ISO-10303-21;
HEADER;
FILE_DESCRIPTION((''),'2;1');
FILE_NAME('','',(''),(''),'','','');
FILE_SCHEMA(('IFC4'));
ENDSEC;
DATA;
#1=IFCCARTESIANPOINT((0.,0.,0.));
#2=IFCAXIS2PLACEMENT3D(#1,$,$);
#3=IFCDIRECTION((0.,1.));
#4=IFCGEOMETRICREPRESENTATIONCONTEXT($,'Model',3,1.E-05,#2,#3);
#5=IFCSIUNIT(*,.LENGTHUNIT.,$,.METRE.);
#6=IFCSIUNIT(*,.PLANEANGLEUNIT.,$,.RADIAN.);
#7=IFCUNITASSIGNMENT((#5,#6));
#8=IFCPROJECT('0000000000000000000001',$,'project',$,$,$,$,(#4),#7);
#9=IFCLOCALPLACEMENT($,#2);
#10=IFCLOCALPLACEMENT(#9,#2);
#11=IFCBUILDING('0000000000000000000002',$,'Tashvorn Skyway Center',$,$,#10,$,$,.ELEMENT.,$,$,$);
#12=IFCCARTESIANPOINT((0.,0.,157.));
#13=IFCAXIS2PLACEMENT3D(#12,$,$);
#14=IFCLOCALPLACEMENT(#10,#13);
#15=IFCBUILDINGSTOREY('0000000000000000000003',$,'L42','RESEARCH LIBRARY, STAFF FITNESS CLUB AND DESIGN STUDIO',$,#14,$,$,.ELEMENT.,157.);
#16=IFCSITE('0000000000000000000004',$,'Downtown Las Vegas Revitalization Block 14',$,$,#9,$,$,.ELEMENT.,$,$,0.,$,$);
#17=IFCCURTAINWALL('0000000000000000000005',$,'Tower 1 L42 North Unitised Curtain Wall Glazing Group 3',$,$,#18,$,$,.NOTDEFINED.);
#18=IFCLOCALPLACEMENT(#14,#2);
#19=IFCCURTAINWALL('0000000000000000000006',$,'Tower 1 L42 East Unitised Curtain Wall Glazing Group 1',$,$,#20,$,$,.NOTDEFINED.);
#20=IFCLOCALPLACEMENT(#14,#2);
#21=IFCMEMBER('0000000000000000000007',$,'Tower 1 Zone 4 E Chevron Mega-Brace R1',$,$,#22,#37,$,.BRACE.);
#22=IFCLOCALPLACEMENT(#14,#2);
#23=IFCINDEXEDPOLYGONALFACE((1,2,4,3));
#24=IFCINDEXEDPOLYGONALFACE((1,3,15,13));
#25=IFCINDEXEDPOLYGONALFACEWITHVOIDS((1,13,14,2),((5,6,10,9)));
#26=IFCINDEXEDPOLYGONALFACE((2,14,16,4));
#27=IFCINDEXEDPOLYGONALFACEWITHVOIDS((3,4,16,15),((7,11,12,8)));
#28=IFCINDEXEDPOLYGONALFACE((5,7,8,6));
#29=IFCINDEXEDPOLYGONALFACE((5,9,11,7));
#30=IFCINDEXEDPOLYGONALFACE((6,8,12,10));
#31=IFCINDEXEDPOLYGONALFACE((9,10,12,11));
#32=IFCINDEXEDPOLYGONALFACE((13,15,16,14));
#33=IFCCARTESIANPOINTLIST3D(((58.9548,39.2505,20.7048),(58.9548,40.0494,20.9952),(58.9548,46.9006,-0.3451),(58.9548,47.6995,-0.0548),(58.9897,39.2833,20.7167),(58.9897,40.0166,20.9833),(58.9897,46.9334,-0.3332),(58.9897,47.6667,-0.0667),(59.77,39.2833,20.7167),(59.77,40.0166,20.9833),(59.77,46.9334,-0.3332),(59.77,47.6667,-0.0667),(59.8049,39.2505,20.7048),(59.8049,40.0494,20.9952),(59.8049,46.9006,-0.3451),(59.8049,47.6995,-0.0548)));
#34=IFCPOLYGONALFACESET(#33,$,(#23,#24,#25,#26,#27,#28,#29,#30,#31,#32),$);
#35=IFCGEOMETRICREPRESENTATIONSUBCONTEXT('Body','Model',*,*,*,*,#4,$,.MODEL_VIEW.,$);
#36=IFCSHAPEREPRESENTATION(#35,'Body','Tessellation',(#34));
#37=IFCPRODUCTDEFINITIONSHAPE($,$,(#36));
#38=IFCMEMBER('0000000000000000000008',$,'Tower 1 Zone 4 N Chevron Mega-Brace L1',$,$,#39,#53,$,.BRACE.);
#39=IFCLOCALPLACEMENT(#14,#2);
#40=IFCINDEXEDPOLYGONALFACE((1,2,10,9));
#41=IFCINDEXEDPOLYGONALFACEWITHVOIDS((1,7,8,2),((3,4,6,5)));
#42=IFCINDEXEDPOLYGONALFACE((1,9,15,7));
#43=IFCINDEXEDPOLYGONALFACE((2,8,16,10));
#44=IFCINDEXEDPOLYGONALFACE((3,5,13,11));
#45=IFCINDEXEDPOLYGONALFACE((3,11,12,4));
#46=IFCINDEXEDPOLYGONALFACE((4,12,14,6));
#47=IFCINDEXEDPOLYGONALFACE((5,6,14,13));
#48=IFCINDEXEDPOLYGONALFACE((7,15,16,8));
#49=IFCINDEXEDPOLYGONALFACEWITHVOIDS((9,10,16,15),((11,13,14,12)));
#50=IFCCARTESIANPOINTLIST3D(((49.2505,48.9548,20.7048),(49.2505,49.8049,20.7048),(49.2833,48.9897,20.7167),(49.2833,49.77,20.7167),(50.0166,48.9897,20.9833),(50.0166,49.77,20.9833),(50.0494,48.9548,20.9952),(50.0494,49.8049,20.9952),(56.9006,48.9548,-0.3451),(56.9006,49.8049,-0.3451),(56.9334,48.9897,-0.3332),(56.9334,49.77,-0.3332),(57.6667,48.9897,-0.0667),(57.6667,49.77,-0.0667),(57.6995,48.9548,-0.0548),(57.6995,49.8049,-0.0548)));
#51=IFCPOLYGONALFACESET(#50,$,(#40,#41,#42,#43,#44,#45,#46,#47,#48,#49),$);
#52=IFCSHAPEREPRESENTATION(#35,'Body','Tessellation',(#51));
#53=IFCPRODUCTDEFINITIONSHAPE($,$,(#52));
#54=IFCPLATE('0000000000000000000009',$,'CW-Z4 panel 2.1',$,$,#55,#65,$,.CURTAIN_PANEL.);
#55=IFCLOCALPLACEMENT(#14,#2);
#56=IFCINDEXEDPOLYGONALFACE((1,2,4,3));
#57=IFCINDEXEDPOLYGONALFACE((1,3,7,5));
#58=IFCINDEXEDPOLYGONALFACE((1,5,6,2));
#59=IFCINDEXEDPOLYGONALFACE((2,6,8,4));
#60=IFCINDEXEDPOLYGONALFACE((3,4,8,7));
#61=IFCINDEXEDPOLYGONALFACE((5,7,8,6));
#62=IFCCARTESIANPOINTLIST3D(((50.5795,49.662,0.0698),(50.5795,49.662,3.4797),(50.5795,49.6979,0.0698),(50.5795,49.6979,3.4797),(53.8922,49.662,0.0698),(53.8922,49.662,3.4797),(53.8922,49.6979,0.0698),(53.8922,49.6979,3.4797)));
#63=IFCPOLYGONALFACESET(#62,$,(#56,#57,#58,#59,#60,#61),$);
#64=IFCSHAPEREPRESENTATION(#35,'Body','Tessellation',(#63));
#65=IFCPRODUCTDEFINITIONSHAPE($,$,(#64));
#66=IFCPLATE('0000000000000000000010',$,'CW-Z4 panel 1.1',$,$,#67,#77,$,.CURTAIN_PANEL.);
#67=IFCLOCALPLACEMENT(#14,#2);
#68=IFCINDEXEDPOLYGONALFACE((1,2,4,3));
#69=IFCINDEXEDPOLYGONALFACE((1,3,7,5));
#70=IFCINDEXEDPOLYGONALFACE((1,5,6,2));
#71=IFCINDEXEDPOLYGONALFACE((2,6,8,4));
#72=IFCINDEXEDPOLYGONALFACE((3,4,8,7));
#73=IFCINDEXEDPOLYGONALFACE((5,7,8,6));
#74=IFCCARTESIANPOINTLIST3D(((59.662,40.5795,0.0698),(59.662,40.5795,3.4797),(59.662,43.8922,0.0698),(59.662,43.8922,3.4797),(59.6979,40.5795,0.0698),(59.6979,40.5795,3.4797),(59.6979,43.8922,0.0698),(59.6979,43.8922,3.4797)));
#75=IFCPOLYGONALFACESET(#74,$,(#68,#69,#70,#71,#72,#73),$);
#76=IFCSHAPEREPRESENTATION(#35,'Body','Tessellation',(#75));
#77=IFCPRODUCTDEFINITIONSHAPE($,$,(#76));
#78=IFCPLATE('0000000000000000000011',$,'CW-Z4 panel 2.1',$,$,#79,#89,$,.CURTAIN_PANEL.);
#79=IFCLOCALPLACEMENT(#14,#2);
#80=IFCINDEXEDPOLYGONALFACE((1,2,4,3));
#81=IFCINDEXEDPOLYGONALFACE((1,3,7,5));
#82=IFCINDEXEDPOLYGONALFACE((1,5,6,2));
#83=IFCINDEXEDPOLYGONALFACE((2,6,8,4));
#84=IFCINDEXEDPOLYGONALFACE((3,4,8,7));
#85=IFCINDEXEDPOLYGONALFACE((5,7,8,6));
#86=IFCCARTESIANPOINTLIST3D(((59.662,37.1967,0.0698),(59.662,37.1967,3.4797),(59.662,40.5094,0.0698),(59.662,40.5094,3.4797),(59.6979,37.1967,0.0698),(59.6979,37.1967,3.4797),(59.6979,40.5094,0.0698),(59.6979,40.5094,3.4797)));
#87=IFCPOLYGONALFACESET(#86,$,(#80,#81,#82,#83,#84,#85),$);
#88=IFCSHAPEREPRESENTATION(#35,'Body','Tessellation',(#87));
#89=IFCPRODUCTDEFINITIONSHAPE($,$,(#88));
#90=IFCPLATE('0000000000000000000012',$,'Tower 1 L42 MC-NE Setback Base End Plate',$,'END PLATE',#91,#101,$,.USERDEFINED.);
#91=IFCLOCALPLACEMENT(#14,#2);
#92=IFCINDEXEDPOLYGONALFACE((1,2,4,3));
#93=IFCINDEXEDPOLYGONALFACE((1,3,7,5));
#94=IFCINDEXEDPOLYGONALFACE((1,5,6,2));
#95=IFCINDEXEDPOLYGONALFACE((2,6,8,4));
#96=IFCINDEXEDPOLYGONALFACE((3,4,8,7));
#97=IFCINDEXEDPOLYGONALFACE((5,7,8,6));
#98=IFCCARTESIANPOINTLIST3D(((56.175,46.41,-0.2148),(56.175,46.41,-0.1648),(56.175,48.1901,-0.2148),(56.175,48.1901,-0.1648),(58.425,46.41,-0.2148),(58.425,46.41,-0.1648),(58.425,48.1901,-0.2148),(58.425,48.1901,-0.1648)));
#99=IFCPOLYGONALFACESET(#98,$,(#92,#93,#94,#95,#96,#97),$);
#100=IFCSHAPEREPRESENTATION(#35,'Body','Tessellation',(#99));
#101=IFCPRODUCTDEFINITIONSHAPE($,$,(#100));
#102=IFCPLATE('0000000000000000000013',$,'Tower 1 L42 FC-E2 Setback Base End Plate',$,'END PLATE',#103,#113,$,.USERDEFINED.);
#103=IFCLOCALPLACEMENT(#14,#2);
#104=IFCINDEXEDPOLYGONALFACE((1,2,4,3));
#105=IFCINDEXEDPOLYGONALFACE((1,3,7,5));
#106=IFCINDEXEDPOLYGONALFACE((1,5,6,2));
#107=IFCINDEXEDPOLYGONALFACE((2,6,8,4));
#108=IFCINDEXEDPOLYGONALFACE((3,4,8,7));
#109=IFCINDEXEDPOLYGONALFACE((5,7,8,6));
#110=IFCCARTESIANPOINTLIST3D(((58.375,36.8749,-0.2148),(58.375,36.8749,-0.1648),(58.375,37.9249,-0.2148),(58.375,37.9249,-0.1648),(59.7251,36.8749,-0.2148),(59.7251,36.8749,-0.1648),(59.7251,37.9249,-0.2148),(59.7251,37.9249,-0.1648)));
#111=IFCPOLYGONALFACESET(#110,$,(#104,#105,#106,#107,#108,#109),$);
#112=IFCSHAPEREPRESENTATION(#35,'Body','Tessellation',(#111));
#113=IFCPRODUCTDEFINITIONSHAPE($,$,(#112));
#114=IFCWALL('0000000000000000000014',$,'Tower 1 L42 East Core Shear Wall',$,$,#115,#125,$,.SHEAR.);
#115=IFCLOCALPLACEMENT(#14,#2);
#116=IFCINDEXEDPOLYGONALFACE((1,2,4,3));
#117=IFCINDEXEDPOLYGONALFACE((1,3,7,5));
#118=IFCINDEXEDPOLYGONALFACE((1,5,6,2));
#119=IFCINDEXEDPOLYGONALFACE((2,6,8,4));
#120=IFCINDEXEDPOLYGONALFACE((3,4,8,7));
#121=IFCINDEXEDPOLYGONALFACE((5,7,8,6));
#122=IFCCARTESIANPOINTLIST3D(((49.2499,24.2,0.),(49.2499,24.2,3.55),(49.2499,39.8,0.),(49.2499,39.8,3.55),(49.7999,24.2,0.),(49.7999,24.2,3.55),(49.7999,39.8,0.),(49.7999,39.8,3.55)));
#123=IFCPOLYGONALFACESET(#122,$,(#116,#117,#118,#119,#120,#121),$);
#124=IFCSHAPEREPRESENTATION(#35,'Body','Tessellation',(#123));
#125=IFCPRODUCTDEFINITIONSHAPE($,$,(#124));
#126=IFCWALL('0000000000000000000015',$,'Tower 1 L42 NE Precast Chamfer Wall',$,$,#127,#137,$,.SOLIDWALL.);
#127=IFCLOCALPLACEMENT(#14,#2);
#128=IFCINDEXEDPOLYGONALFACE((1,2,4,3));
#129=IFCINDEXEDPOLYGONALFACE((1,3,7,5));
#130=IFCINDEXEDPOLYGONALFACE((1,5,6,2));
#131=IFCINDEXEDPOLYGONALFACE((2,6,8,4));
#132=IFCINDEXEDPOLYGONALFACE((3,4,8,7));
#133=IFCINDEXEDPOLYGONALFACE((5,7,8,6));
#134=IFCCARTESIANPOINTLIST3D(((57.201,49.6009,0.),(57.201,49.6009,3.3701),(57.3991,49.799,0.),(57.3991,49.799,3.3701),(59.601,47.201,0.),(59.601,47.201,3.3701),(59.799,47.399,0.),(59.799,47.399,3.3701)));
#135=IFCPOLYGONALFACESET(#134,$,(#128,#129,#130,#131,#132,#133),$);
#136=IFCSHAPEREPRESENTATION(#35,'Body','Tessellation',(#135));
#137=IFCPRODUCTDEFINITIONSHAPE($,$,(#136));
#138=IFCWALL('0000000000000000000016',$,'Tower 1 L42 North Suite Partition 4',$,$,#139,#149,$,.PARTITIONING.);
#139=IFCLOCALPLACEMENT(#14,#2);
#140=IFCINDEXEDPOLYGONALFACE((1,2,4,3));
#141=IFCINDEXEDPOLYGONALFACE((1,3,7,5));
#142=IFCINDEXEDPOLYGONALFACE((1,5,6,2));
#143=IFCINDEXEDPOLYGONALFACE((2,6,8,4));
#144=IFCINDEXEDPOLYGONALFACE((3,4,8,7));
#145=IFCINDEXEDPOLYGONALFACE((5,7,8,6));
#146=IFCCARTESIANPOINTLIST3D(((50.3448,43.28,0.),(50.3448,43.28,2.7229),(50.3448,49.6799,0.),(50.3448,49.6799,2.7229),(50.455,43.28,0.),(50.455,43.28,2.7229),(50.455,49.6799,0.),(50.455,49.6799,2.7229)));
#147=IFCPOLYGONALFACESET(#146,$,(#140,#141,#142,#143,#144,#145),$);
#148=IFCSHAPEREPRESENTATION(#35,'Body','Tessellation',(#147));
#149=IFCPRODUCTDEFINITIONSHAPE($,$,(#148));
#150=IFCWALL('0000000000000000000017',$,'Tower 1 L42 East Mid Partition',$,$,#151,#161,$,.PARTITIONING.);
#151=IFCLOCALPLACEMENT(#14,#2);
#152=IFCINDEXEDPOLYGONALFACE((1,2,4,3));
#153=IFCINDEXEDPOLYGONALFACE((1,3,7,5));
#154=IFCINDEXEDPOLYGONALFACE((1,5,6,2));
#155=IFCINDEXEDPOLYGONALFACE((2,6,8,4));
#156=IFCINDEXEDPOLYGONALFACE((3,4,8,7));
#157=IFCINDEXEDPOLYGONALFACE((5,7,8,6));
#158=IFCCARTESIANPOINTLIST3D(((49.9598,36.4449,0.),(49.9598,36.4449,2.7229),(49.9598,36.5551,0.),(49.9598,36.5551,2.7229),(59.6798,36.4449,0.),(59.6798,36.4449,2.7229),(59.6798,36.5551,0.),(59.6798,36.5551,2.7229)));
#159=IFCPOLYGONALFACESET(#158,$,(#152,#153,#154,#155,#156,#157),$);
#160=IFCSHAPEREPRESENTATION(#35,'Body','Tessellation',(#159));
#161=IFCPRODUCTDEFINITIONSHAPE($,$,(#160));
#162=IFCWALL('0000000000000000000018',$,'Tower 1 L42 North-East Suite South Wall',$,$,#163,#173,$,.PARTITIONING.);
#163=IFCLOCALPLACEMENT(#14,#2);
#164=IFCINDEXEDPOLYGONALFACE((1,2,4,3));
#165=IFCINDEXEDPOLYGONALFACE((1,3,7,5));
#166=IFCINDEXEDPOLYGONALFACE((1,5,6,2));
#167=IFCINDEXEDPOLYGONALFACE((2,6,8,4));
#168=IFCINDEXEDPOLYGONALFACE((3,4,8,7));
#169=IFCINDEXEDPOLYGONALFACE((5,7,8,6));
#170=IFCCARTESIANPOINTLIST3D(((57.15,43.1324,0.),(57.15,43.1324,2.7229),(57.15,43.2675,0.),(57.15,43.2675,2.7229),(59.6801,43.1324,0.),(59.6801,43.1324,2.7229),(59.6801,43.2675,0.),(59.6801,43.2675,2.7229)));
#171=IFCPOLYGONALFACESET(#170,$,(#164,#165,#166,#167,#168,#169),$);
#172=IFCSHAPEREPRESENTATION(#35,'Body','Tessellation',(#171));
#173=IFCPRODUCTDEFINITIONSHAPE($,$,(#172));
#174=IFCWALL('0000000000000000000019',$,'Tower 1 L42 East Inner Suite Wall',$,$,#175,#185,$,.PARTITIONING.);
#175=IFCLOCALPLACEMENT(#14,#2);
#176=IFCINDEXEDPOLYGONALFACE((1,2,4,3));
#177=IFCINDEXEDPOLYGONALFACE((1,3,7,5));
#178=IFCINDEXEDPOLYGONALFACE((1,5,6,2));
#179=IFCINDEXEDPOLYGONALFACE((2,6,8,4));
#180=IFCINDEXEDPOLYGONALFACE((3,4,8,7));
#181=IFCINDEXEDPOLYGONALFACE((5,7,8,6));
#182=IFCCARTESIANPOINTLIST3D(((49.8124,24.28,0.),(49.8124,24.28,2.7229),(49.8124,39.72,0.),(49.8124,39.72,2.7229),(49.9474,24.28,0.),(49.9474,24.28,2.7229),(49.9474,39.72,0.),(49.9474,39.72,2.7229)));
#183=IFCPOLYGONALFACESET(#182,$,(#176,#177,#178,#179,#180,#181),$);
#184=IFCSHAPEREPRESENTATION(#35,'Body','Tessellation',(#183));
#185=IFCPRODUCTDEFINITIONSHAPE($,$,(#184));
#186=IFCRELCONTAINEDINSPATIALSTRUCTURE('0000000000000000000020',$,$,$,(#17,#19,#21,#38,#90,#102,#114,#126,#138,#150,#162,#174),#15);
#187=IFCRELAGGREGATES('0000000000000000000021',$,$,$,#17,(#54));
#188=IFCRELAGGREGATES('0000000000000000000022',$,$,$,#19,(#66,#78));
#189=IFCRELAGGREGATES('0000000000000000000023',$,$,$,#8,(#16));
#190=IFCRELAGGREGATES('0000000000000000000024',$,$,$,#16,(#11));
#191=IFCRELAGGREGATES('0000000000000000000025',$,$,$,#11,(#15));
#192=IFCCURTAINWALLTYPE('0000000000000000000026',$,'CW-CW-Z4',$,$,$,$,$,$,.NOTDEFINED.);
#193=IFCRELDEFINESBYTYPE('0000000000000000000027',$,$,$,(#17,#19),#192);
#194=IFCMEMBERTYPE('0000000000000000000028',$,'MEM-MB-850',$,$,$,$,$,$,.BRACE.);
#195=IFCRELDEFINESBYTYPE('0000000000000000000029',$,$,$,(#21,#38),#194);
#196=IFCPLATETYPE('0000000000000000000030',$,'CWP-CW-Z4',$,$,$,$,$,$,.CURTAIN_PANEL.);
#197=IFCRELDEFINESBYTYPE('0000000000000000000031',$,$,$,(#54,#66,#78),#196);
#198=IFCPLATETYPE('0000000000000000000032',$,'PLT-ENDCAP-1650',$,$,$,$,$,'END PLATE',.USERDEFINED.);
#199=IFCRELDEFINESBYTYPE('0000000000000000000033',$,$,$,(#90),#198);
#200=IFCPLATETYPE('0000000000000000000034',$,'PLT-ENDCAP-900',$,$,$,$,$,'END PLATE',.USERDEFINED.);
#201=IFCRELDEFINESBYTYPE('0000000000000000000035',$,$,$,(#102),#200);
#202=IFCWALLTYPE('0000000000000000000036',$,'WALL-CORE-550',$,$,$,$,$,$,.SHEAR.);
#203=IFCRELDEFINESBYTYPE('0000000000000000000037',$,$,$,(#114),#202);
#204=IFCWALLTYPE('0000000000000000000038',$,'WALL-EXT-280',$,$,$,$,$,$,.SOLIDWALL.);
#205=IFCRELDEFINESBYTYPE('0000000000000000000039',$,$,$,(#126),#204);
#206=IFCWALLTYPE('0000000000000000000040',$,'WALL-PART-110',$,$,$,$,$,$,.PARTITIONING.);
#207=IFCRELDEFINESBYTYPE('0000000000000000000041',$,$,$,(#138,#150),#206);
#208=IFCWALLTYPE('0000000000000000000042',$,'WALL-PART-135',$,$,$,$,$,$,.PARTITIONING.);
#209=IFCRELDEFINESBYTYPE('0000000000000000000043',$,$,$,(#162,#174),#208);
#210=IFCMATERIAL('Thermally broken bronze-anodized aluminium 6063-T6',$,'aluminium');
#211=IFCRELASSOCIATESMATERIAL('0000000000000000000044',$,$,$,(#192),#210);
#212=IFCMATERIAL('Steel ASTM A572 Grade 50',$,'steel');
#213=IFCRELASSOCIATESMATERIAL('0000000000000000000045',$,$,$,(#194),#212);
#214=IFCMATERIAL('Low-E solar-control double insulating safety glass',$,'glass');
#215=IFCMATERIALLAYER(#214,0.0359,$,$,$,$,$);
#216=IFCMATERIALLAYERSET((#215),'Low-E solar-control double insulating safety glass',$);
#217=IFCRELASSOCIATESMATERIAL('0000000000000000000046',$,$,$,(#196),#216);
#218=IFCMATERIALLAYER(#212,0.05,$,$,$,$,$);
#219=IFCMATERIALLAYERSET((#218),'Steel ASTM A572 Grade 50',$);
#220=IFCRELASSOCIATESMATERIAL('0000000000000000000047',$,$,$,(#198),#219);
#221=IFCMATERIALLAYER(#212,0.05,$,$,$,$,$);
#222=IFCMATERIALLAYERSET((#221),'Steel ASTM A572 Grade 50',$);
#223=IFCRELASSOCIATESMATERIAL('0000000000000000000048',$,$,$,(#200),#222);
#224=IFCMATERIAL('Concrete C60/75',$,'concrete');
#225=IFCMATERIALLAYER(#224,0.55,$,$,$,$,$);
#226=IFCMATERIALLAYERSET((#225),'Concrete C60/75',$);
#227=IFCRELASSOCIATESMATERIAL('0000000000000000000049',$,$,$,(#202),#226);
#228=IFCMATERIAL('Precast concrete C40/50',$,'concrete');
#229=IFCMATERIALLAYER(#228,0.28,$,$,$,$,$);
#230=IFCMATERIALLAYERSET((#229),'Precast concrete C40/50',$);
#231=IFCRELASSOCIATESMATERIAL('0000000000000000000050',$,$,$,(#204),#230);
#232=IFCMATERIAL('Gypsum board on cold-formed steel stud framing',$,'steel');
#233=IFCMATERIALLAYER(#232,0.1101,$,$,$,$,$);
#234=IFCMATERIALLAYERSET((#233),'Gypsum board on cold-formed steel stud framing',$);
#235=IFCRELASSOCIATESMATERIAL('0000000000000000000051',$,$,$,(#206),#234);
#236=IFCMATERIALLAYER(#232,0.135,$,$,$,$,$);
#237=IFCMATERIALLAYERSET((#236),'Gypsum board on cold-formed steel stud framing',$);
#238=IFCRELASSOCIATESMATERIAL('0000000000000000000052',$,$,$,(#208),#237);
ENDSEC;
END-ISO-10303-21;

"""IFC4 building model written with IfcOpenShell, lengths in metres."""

from ifc_helpers import new_model, si_unit, direction, frame, frame_2d, origin, origin_2d, place, context, subcontext, project, spatial, rectangle, hollow_rectangle, extrude, material, layer, layer_set, material_profile, profile_set, type_object, element, aggregate, save


model = new_model("IFC4")

# Units and contexts
model_context = context("Model", 3, precision=1e-05, world=origin(), true_north=direction((0.0, 1.0)))
body_context = subcontext(model_context, "Body", "Model", "MODEL_VIEW")
ifc_project = project(units=[si_unit("LENGTHUNIT", "METRE"), si_unit("PLANEANGLEUNIT", "RADIAN")], contexts=[model_context])

# Site, building, storey
site_placement = place(None, origin())
site = spatial("IfcSite", under=ifc_project, at=site_placement, Name="Downtown Las Vegas Revitalization Block 14", CompositionType="ELEMENT", RefElevation=0.0)
building_placement = place(site_placement, origin())
building = spatial("IfcBuilding", under=site, at=building_placement, Name="Tashvorn Skyway Center", CompositionType="ELEMENT")
storey_placement = place(building_placement, frame((0.0, 0.0, 157.0)))
storey = spatial("IfcBuildingStorey", under=building, at=storey_placement, Name="L42", Description="RESEARCH LIBRARY, STAFF FITNESS CLUB AND DESIGN STUDIO", CompositionType="ELEMENT", Elevation=157.0)

# Shared definitions
ifc_material_1 = material(Name="Steel ASTM A572 Grade 50", Category="steel")

# Curtain walls
ifc_material_2 = material(Name="Thermally broken bronze-anodized aluminium 6063-T6", Category="aluminium")
curtain_wall_type = type_object("IfcCurtainWallType", Name="CW-CW-Z4", PredefinedType="NOTDEFINED", material=ifc_material_2)
curtain_wall_1_placement = place(storey_placement, origin())
curtain_wall_1 = element("IfcCurtainWall", 1, at=curtain_wall_1_placement, inside=storey, type_object=curtain_wall_type, Name="Tower 1 L42 North Unitised Curtain Wall Glazing Group 3", PredefinedType="NOTDEFINED")
curtain_wall_2_placement = place(storey_placement, origin())
curtain_wall_2 = element("IfcCurtainWall", 2, at=curtain_wall_2_placement, inside=storey, type_object=curtain_wall_type, Name="Tower 1 L42 East Unitised Curtain Wall Glazing Group 1", PredefinedType="NOTDEFINED")

# Members
ifc_material_profile_1 = material_profile(ifc_material_1, hollow_rectangle(XDim=0.8501, YDim=0.8501, WallThickness=0.0349, at=origin_2d()), Name="BOX850x850x35")
ifc_profile_set_1 = profile_set([ifc_material_profile_1], Name="Steel ASTM A572 Grade 50")
member_type_1 = type_object("IfcMemberType", Name="MEM-MB-850", PredefinedType="BRACE", material=ifc_profile_set_1)
for number, where, z_axis, x_axis, name in (
    (3, (59.3799, 47.3, -0.2), (0.0, -0.341569, 0.939857), (1.0, 0.0, 0.0), "Tower 1 Zone 4 E Chevron Mega-Brace R1"),
    (4, (57.3, 49.3799, -0.2), (-0.341569, 0.0, 0.939857), (0.0, -1.0, 0.0), "Tower 1 Zone 4 N Chevron Mega-Brace L1"),
):
    element("IfcMember", number, at=place(storey_placement, frame(where, z_axis=z_axis, x_axis=x_axis)), inside=storey, type_object=member_type_1, Name=name, PredefinedType="BRACE", context=body_context, shape_type="SweptSolid", body=[
        extrude(hollow_rectangle(XDim=0.8501, YDim=0.8501, WallThickness=0.0349, at=origin_2d()), origin(), (0.0, 0.0, 1.0), 22.397),
    ])

# Plates
ifc_material_3 = material(Name="Low-E solar-control double insulating safety glass", Category="glass")
ifc_layer_1 = layer(ifc_material_3, 0.0359)
ifc_layer_set_1 = layer_set([ifc_layer_1], Name="Low-E solar-control double insulating safety glass")
plate_type_1 = type_object("IfcPlateType", Name="CWP-CW-Z4", PredefinedType="CURTAIN_PANEL", material=ifc_layer_set_1)
plate_1_placement = place(storey_placement, frame((52.2358, 49.6799, 0.0698), z_axis=(0.0, 0.0, 1.0), x_axis=(1.0, 0.0, 0.0)))
plate_1 = element("IfcPlate", 5, at=plate_1_placement, type_object=plate_type_1, Name="CW-Z4 panel 2.1", PredefinedType="CURTAIN_PANEL", context=body_context, shape_type="SweptSolid", body=[
    extrude(rectangle(XDim=3.3127, YDim=0.0359, at=origin_2d()), origin(), (0.0, 0.0, 1.0), 3.4099),
])
aggregate(curtain_wall_1, [plate_1])
plate_2_placement = place(storey_placement, frame((59.6799, 42.2358, 0.0698), z_axis=(0.0, 0.0, 1.0), x_axis=(0.0, -1.0, 0.0)))
plate_2 = element("IfcPlate", 6, at=plate_2_placement, type_object=plate_type_1, Name="CW-Z4 panel 1.1", PredefinedType="CURTAIN_PANEL", context=body_context, shape_type="SweptSolid", body=[
    extrude(rectangle(XDim=3.3127, YDim=0.0359, at=origin_2d()), origin(), (0.0, 0.0, 1.0), 3.4099),
])
plate_3_placement = place(storey_placement, frame((59.6799, 38.853, 0.0698), z_axis=(0.0, 0.0, 1.0), x_axis=(0.0, -1.0, 0.0)))
plate_3 = element("IfcPlate", 7, at=plate_3_placement, type_object=plate_type_1, Name="CW-Z4 panel 2.1", PredefinedType="CURTAIN_PANEL", context=body_context, shape_type="SweptSolid", body=[
    extrude(rectangle(XDim=3.3127, YDim=0.0359, at=origin_2d()), origin(), (0.0, 0.0, 1.0), 3.4099),
])
aggregate(curtain_wall_2, [plate_2, plate_3])

# Plates
ifc_layer_2 = layer(ifc_material_1, 0.05)
ifc_layer_set_2 = layer_set([ifc_layer_2], Name="Steel ASTM A572 Grade 50")
plate_type_2 = type_object("IfcPlateType", Name="PLT-ENDCAP-1650", ElementType="END PLATE", PredefinedType="USERDEFINED", material=ifc_layer_set_2)
plate_4_placement = place(storey_placement, frame((57.3, 47.3, -0.2148), z_axis=(0.0, 0.0, 1.0), x_axis=(1.0, 0.0, 0.0)))
element("IfcPlate", 8, at=plate_4_placement, inside=storey, type_object=plate_type_2, Name="Tower 1 L42 MC-NE Setback Base End Plate", ObjectType="END PLATE", PredefinedType="USERDEFINED", context=body_context, shape_type="SweptSolid", body=[
    extrude(rectangle(XDim=2.25, YDim=1.78, at=origin_2d()), origin(), (0.0, 0.0, 1.0), 0.05),
])
ifc_layer_3 = layer(ifc_material_1, 0.05)
ifc_layer_set_3 = layer_set([ifc_layer_3], Name="Steel ASTM A572 Grade 50")
plate_type_3 = type_object("IfcPlateType", Name="PLT-ENDCAP-900", ElementType="END PLATE", PredefinedType="USERDEFINED", material=ifc_layer_set_3)
plate_5_placement = place(storey_placement, frame((59.05, 37.3999, -0.2148), z_axis=(0.0, 0.0, 1.0), x_axis=(1.0, 0.0, 0.0)))
element("IfcPlate", 9, at=plate_5_placement, inside=storey, type_object=plate_type_3, Name="Tower 1 L42 FC-E2 Setback Base End Plate", ObjectType="END PLATE", PredefinedType="USERDEFINED", context=body_context, shape_type="SweptSolid", body=[
    extrude(rectangle(XDim=1.3501, YDim=1.05, at=origin_2d()), origin(), (0.0, 0.0, 1.0), 0.05),
])

# Walls
ifc_material_4 = material(Name="Concrete C60/75", Category="concrete")
ifc_layer_4 = layer(ifc_material_4, 0.55)
ifc_layer_set_4 = layer_set([ifc_layer_4], Name="Concrete C60/75")
wall_type_1 = type_object("IfcWallType", Name="WALL-CORE-550", PredefinedType="SHEAR", material=ifc_layer_set_4)
wall_1_placement = place(storey_placement, frame((49.5249, 39.8, 0.0), z_axis=(0.0, 0.0, 1.0), x_axis=(0.0, -1.0, 0.0)))
element("IfcWall", 10, at=wall_1_placement, inside=storey, type_object=wall_type_1, Name="Tower 1 L42 East Core Shear Wall", PredefinedType="SHEAR", context=body_context, shape_type="SweptSolid", body=[
    extrude(rectangle(XDim=15.6001, YDim=0.55, at=frame_2d((7.8, 0.0))), origin(), (0.0, 0.0, 1.0), 3.55),
])
ifc_material_5 = material(Name="Precast concrete C40/50", Category="concrete")
ifc_layer_5 = layer(ifc_material_5, 0.28)
ifc_layer_set_5 = layer_set([ifc_layer_5], Name="Precast concrete C40/50")
wall_type_2 = type_object("IfcWallType", Name="WALL-EXT-280", PredefinedType="SOLIDWALL", material=ifc_layer_set_5)
wall_2_placement = place(storey_placement, frame((57.3, 49.7, 0.0), z_axis=(0.0, 0.0, 1.0), x_axis=(0.707107, -0.707107, 0.0)))
element("IfcWall", 11, at=wall_2_placement, inside=storey, type_object=wall_type_2, Name="Tower 1 L42 NE Precast Chamfer Wall", PredefinedType="SOLIDWALL", context=body_context, shape_type="SweptSolid", body=[
    extrude(rectangle(XDim=3.394, YDim=0.28, at=frame_2d((1.697, 0.0))), origin(), (0.0, 0.0, 1.0), 3.3701),
])
ifc_material_6 = material(Name="Gypsum board on cold-formed steel stud framing", Category="steel")
ifc_layer_6 = layer(ifc_material_6, 0.1101)
ifc_layer_set_6 = layer_set([ifc_layer_6], Name="Gypsum board on cold-formed steel stud framing")
wall_type_3 = type_object("IfcWallType", Name="WALL-PART-110", PredefinedType="PARTITIONING", material=ifc_layer_set_6)
wall_3_placement = place(storey_placement, frame((50.3999, 43.28, 0.0), z_axis=(0.0, 0.0, 1.0), x_axis=(0.0, 1.0, 0.0)))
element("IfcWall", 12, at=wall_3_placement, inside=storey, type_object=wall_type_3, Name="Tower 1 L42 North Suite Partition 4", PredefinedType="PARTITIONING", context=body_context, shape_type="SweptSolid", body=[
    extrude(rectangle(XDim=6.3999, YDim=0.1101, at=frame_2d((3.2, 0.0))), origin(), (0.0, 0.0, 1.0), 2.7229),
])
wall_4_placement = place(storey_placement, frame((49.96, 36.5, 0.0), z_axis=(0.0, 0.0, 1.0), x_axis=(1.0, 0.0, 0.0)))
element("IfcWall", 13, at=wall_4_placement, inside=storey, type_object=wall_type_3, Name="Tower 1 L42 East Mid Partition", PredefinedType="PARTITIONING", context=body_context, shape_type="SweptSolid", body=[
    extrude(rectangle(XDim=9.72, YDim=0.1101, at=frame_2d((4.8599, 0.0))), origin(), (0.0, 0.0, 1.0), 2.7229),
])
ifc_layer_7 = layer(ifc_material_6, 0.135)
ifc_layer_set_7 = layer_set([ifc_layer_7], Name="Gypsum board on cold-formed steel stud framing")
wall_type_4 = type_object("IfcWallType", Name="WALL-PART-135", PredefinedType="PARTITIONING", material=ifc_layer_set_7)
wall_5_placement = place(storey_placement, frame((57.1499, 43.2, 0.0), z_axis=(0.0, 0.0, 1.0), x_axis=(1.0, 0.0, 0.0)))
element("IfcWall", 14, at=wall_5_placement, inside=storey, type_object=wall_type_4, Name="Tower 1 L42 North-East Suite South Wall", PredefinedType="PARTITIONING", context=body_context, shape_type="SweptSolid", body=[
    extrude(rectangle(XDim=2.53, YDim=0.135, at=frame_2d((1.2651, 0.0))), origin(), (0.0, 0.0, 1.0), 2.7229),
])
wall_6_placement = place(storey_placement, frame((49.8799, 39.72, 0.0), z_axis=(0.0, 0.0, 1.0), x_axis=(0.0, -1.0, 0.0)))
element("IfcWall", 15, at=wall_6_placement, inside=storey, type_object=wall_type_4, Name="Tower 1 L42 East Inner Suite Wall", PredefinedType="PARTITIONING", context=body_context, shape_type="SweptSolid", body=[
    extrude(rectangle(XDim=15.4399, YDim=0.135, at=frame_2d((7.72, 0.0))), origin(), (0.0, 0.0, 1.0), 2.7229),
])

save(model, "model.ifc")
